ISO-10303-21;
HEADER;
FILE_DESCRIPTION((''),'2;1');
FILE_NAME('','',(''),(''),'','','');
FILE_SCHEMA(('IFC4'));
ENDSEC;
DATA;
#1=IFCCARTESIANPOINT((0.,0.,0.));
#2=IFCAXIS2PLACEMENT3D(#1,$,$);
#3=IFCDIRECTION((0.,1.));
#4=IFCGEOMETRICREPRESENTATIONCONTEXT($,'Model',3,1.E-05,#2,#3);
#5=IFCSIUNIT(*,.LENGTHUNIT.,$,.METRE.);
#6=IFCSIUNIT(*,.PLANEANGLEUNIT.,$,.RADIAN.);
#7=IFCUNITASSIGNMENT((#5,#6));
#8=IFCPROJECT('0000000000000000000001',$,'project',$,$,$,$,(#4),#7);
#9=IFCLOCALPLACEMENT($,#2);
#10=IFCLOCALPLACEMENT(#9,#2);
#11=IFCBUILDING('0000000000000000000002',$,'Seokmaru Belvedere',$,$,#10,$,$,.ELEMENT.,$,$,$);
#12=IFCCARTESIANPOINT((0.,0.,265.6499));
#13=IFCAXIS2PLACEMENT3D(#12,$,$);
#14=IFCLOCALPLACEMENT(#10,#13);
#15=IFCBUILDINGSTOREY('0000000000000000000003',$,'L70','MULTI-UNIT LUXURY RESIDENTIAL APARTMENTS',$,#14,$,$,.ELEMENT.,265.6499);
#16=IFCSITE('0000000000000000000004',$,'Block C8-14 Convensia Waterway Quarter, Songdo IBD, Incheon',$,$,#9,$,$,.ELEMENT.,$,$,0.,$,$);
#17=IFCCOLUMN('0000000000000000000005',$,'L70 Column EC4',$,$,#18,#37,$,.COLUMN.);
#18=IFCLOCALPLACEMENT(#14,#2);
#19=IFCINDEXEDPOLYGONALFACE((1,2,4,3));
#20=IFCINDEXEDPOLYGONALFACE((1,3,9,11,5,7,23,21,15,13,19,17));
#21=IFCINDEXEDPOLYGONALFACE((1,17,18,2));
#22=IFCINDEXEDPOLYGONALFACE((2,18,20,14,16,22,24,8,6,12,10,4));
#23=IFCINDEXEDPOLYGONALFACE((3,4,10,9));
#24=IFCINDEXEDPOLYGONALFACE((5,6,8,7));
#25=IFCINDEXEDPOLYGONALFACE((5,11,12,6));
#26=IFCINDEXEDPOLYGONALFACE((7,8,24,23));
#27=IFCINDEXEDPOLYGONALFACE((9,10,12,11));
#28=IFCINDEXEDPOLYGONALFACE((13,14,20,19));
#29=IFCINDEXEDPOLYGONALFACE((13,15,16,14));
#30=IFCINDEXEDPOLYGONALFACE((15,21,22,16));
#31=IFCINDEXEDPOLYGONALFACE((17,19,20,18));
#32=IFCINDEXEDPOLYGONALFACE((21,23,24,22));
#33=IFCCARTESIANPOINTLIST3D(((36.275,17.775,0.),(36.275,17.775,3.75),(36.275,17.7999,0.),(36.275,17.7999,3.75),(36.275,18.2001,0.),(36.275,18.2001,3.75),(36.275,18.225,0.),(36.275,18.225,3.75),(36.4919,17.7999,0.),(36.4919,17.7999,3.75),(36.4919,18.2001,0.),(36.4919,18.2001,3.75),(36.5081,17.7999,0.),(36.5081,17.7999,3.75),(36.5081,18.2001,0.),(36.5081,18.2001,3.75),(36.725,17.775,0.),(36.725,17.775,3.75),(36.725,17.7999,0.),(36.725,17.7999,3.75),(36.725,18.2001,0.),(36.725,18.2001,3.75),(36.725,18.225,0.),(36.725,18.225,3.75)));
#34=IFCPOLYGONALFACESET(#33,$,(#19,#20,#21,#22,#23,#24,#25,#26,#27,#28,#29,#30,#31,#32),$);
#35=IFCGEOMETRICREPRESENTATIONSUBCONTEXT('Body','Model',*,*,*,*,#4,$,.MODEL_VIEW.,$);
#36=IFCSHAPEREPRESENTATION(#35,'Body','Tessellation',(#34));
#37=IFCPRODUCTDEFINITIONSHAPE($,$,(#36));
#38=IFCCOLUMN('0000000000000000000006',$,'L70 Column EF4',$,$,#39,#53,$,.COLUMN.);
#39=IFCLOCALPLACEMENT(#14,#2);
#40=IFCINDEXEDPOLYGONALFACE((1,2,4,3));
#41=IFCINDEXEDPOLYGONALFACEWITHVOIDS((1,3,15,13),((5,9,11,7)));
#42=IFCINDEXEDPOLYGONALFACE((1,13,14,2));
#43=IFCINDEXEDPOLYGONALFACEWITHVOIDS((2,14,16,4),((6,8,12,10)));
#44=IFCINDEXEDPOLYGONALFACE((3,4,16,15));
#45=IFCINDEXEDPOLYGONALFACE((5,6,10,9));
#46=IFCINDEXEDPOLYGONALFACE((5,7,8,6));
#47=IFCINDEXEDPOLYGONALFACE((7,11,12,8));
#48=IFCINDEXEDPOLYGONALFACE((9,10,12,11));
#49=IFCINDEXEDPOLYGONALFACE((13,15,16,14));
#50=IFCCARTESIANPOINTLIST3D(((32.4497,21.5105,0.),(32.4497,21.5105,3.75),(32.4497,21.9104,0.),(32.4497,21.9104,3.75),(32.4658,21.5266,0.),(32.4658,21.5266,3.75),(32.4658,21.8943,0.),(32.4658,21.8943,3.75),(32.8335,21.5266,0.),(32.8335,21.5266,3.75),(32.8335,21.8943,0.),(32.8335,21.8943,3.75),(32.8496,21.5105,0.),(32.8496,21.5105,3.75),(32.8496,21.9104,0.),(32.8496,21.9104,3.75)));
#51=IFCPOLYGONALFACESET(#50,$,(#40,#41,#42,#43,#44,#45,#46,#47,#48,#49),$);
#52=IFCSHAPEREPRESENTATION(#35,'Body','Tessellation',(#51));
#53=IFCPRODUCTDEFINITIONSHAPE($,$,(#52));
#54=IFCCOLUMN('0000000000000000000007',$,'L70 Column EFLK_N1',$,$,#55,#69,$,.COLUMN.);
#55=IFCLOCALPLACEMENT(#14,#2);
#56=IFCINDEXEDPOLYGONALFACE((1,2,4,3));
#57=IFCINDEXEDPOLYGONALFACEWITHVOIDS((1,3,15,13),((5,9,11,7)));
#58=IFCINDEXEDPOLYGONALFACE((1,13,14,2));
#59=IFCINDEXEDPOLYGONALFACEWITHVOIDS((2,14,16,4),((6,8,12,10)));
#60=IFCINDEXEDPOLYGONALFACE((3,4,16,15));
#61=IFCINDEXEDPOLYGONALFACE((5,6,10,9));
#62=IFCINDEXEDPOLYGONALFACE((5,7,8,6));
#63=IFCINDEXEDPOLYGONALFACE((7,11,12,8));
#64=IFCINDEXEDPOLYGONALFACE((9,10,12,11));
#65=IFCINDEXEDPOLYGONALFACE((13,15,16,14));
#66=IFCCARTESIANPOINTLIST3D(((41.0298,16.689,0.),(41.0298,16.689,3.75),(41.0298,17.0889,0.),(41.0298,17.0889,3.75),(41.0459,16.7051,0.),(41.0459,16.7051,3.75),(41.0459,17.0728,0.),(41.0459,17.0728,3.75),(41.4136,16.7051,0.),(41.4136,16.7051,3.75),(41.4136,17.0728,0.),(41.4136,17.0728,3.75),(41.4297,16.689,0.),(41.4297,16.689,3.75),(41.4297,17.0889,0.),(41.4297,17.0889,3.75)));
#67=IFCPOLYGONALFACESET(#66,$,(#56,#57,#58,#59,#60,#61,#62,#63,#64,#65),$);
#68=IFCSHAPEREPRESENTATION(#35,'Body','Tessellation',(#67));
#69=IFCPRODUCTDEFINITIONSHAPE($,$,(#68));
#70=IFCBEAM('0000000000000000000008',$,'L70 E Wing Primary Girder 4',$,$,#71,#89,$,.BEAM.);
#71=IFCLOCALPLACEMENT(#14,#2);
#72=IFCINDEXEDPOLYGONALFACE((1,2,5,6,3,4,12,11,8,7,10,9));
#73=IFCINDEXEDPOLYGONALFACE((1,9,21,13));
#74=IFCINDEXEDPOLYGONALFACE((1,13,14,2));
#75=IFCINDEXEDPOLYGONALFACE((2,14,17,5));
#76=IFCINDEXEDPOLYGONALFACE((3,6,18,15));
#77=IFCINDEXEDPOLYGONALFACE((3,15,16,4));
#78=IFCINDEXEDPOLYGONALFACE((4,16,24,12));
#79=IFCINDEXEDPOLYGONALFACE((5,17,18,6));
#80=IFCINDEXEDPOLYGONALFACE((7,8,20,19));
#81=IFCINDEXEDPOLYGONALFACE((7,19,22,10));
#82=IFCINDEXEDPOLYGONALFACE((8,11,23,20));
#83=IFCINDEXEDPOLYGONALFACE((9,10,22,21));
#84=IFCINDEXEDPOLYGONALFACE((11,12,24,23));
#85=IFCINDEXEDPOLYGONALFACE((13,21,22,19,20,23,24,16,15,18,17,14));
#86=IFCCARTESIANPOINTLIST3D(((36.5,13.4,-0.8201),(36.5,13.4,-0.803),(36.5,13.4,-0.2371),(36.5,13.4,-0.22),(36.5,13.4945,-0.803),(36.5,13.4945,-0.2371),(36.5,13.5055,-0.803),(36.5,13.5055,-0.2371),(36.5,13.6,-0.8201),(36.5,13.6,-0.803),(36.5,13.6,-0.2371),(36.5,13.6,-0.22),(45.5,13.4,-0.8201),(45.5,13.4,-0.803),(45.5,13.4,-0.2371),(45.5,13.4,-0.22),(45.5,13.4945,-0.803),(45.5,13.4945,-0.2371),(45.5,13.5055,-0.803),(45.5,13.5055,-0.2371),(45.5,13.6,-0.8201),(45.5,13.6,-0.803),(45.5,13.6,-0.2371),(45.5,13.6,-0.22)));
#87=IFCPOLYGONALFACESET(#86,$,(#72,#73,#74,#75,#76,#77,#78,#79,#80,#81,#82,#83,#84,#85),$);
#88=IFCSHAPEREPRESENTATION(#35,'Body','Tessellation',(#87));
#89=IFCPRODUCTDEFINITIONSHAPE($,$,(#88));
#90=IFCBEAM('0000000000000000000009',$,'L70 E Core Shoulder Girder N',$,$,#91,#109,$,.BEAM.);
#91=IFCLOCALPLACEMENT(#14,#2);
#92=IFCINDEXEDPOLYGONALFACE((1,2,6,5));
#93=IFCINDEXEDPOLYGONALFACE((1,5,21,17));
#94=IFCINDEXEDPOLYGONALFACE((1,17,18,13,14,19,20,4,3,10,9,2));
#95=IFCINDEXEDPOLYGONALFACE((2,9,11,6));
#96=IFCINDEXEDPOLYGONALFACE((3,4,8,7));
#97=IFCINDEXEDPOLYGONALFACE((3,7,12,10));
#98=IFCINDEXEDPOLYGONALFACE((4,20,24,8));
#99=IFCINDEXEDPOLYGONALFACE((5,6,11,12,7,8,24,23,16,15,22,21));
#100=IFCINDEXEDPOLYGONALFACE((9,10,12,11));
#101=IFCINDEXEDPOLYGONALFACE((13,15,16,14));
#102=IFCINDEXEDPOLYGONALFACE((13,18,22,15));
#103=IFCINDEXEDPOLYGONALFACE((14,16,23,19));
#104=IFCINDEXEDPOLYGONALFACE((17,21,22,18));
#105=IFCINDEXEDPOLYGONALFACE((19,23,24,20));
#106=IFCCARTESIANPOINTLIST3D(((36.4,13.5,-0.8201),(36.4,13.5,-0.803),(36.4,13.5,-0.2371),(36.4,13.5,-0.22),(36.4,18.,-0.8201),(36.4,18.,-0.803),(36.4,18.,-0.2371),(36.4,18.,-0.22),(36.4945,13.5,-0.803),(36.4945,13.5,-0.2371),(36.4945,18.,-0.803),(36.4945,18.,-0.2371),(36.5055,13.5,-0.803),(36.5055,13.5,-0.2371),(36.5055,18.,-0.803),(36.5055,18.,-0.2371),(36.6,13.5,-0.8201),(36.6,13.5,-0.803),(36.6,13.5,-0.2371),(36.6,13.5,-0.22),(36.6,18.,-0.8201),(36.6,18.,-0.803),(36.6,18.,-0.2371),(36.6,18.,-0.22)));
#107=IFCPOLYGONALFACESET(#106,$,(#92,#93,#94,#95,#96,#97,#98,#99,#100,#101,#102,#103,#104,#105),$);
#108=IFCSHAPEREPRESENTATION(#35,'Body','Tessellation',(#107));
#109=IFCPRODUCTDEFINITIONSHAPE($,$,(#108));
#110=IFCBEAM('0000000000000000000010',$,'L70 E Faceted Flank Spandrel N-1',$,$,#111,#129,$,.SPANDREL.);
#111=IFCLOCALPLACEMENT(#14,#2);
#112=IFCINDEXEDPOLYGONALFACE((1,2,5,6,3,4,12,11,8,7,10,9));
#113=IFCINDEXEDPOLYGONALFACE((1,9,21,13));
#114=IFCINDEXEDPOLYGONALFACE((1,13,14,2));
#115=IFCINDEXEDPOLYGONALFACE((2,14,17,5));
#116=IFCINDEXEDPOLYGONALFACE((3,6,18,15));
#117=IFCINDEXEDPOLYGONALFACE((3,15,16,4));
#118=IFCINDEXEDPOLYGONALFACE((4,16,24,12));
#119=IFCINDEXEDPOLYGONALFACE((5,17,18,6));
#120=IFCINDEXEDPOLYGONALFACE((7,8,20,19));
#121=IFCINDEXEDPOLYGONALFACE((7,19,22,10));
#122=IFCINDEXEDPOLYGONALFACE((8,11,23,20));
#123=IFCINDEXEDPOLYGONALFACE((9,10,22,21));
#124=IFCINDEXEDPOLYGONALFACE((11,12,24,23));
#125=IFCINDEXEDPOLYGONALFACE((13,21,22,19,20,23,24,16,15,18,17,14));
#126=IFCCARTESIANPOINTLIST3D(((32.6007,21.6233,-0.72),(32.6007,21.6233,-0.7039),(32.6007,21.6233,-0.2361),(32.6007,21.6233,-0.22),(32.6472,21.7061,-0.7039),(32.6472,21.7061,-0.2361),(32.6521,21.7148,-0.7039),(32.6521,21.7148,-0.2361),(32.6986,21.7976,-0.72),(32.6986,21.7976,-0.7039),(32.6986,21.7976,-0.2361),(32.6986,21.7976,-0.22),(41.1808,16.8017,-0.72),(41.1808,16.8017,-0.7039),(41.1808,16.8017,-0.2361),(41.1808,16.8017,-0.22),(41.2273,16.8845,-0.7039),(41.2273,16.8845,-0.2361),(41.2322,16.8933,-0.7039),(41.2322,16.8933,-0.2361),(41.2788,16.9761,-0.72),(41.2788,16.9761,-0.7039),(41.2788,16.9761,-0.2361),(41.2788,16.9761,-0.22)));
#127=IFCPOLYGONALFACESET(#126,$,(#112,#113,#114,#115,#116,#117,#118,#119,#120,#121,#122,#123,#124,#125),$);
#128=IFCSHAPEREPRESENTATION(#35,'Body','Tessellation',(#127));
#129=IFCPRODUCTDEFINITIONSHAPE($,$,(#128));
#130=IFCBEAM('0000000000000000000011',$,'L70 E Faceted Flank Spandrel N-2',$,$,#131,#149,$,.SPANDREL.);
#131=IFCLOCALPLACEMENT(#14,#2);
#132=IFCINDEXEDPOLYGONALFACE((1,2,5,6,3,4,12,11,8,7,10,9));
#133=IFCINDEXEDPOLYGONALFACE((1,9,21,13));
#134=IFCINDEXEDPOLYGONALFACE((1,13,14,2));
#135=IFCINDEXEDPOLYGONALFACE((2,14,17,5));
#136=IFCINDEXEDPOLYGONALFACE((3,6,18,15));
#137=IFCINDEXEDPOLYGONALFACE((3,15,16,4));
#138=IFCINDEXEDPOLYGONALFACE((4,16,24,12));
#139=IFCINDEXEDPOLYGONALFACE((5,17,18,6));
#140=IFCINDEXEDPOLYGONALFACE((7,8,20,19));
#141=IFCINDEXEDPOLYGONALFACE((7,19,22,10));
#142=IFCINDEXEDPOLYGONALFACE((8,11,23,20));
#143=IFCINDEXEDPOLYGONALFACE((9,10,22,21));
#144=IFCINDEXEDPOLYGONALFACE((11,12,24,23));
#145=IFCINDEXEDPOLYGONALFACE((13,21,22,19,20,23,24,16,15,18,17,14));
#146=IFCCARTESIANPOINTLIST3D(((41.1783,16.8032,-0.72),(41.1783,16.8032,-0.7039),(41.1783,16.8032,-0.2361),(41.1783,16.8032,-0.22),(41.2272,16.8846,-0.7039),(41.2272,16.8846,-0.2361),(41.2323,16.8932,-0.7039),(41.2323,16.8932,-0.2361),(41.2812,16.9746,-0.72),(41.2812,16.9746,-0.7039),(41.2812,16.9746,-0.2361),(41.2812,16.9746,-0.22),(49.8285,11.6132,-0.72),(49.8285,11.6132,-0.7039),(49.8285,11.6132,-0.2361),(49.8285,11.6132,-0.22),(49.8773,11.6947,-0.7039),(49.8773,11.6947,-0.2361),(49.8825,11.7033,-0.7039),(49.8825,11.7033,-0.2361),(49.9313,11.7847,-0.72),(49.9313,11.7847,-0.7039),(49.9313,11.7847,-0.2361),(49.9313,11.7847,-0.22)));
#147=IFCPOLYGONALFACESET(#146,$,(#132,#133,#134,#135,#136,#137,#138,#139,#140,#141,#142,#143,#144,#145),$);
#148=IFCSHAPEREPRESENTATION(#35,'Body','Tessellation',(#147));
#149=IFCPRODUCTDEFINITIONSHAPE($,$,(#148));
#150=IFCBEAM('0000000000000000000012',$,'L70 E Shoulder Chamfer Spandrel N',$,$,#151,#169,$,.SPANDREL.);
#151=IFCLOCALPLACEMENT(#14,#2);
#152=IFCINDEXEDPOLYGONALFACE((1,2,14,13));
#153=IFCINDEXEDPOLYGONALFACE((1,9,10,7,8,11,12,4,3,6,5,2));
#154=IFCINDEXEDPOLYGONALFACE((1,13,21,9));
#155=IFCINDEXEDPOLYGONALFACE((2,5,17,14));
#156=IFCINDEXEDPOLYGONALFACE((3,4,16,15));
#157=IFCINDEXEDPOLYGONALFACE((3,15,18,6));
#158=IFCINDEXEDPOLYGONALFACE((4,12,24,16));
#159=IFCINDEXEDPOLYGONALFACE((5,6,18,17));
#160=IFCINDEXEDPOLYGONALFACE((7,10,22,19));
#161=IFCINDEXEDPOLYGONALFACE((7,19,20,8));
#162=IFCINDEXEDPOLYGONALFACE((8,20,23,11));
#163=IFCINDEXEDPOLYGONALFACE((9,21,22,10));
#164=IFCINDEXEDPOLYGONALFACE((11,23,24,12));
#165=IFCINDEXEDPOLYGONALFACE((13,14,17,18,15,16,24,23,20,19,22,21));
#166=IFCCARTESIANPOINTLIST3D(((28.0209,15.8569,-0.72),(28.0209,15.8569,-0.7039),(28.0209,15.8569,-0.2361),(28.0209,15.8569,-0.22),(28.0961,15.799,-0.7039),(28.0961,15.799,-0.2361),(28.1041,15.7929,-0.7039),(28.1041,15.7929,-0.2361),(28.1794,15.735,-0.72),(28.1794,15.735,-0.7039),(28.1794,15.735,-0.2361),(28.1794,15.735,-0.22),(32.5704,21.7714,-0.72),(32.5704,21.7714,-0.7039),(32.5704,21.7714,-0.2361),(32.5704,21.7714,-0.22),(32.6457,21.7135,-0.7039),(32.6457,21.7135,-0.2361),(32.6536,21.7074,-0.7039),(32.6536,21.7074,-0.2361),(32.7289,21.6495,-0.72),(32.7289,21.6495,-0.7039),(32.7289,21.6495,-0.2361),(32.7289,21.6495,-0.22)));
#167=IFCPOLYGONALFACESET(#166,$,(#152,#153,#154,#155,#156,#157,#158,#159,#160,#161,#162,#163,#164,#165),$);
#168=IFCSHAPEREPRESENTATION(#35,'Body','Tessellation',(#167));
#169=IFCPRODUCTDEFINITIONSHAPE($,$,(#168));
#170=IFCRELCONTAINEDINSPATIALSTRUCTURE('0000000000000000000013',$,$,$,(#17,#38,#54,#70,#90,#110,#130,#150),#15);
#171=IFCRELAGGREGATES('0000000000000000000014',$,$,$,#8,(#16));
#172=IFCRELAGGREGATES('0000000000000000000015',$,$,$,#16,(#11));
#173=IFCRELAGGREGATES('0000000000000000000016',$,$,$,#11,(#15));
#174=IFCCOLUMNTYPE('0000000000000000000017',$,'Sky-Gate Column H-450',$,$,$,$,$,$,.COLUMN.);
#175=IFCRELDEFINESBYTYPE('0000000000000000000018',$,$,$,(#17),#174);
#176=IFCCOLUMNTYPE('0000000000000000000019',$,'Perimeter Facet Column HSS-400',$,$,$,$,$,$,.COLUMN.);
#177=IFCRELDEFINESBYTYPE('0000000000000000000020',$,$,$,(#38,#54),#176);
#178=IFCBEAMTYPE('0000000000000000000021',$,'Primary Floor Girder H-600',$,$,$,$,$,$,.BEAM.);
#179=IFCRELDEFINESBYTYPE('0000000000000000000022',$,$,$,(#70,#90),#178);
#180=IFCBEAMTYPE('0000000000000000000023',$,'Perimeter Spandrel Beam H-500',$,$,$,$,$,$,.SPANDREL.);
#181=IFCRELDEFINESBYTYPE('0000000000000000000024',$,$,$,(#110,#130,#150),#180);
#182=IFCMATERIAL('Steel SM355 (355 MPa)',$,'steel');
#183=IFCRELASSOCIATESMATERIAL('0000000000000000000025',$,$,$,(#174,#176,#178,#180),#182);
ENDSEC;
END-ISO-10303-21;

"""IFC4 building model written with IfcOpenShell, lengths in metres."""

from ifc_helpers import new_model, si_unit, direction, frame, origin, origin_2d, place, context, subcontext, project, spatial, hollow_rectangle, i_section, extrude, source, transform, mapped, material, material_profile, profile_set, type_object, type_shapes, element, save


model = new_model("IFC4")

# Units and contexts
model_context = context("Model", 3, precision=1e-05, world=origin(), true_north=direction((0.0, 1.0)))
body_context = subcontext(model_context, "Body", "Model", "MODEL_VIEW")
ifc_project = project(units=[si_unit("LENGTHUNIT", "METRE"), si_unit("PLANEANGLEUNIT", "RADIAN")], contexts=[model_context])

# Site, building, storey
site_placement = place(None, origin())
site = spatial("IfcSite", under=ifc_project, at=site_placement, Name="Block C8-14 Convensia Waterway Quarter, Songdo IBD, Incheon", CompositionType="ELEMENT", RefElevation=0.0)
building_placement = place(site_placement, origin())
building = spatial("IfcBuilding", under=site, at=building_placement, Name="Seokmaru Belvedere", CompositionType="ELEMENT")
storey_placement = place(building_placement, frame((0.0, 0.0, 265.6499)))
storey = spatial("IfcBuildingStorey", under=building, at=storey_placement, Name="L70", Description="MULTI-UNIT LUXURY RESIDENTIAL APARTMENTS", CompositionType="ELEMENT", Elevation=265.6499)

# Columns
ifc_material_1 = material(Name="Steel SM355 (355 MPa)", Category="steel")
ifc_material_profile_1 = material_profile(ifc_material_1, i_section(OverallWidth=0.45, OverallDepth=0.45, WebThickness=0.0161, FlangeThickness=0.0249, at=origin_2d()), Name="H-450x450x16x25")
ifc_profile_set_1 = profile_set([ifc_material_profile_1], Name="Steel SM355 (355 MPa)")
column_type_1 = type_object("IfcColumnType", Name="Sky-Gate Column H-450", PredefinedType="COLUMN", material=ifc_profile_set_1)
shared_shape_1 = source(origin(), body_context, "Body", "SweptSolid", [
    extrude(i_section(OverallWidth=0.45, OverallDepth=0.45, WebThickness=0.0161, FlangeThickness=0.0249, at=origin_2d()), origin(), (0.0, 0.0, 1.0), 3.75),
])
type_shapes(column_type_1, [shared_shape_1])
column_placement = place(storey_placement, frame((36.5, 18.0, 0.0), z_axis=(0.0, 0.0, 1.0), x_axis=(1.0, 0.0, 0.0)))
element("IfcColumn", 1, at=column_placement, inside=storey, type_object=column_type_1, Name="L70 Column EC4", PredefinedType="COLUMN", context=body_context, shape_type="MappedRepresentation", body=[
    mapped(shared_shape_1, transform((0.0, 0.0, 0.0), scale=1.0)),
])
ifc_material_profile_2 = material_profile(ifc_material_1, hollow_rectangle(XDim=0.3999, YDim=0.3999, WallThickness=0.0161, at=origin_2d()), Name="HSS-400x400x16")
ifc_profile_set_2 = profile_set([ifc_material_profile_2], Name="Steel SM355 (355 MPa)")
column_type_2 = type_object("IfcColumnType", Name="Perimeter Facet Column HSS-400", PredefinedType="COLUMN", material=ifc_profile_set_2)
shared_shape_2 = source(origin(), body_context, "Body", "SweptSolid", [
    extrude(hollow_rectangle(XDim=0.3999, YDim=0.3999, WallThickness=0.0161, at=origin_2d()), origin(), (0.0, 0.0, 1.0), 3.75),
])
type_shapes(column_type_2, [shared_shape_2])
for number, where, z_axis, x_axis, name in (
    (2, (32.6497, 21.7104, 0.0), (0.0, 0.0, 1.0), (1.0, 0.0, 0.0), "L70 Column EF4"),
    (3, (41.2297, 16.8889, 0.0), (0.0, 0.0, 1.0), (1.0, 0.0, 0.0), "L70 Column EFLK_N1"),
):
    element("IfcColumn", number, at=place(storey_placement, frame(where, z_axis=z_axis, x_axis=x_axis)), inside=storey, type_object=column_type_2, Name=name, PredefinedType="COLUMN", context=body_context, shape_type="MappedRepresentation", body=[
        mapped(shared_shape_2, transform((0.0, 0.0, 0.0), scale=1.0)),
    ])

# Beams
ifc_material_profile_3 = material_profile(ifc_material_1, i_section(OverallWidth=0.2, OverallDepth=0.6001, WebThickness=0.011, FlangeThickness=0.0171, at=origin_2d()), Name="H-600x200x11x17")
ifc_profile_set_3 = profile_set([ifc_material_profile_3], Name="Steel SM355 (355 MPa)")
beam_type_1 = type_object("IfcBeamType", Name="Primary Floor Girder H-600", PredefinedType="BEAM", material=ifc_profile_set_3)
shared_shape_3 = source(origin(), body_context, "Body", "SweptSolid", [
    extrude(i_section(OverallWidth=0.2, OverallDepth=0.6001, WebThickness=0.011, FlangeThickness=0.0171, at=origin_2d()), origin(), (0.0, 0.0, 1.0), 9.0),
])
beam_1_placement = place(storey_placement, frame((36.5, 13.5, -0.52), z_axis=(1.0, 0.0, 0.0), x_axis=(0.0, 1.0, 0.0)))
element("IfcBeam", 4, at=beam_1_placement, inside=storey, type_object=beam_type_1, Name="L70 E Wing Primary Girder 4", PredefinedType="BEAM", context=body_context, shape_type="MappedRepresentation", body=[
    mapped(shared_shape_3, transform((0.0, 0.0, 0.0), scale=1.0)),
])
shared_shape_4 = source(origin(), body_context, "Body", "SweptSolid", [
    extrude(i_section(OverallWidth=0.2, OverallDepth=0.6001, WebThickness=0.011, FlangeThickness=0.0171, at=origin_2d()), origin(), (0.0, 0.0, 1.0), 4.5),
])
beam_2_placement = place(storey_placement, frame((36.5, 13.5, -0.52), z_axis=(0.0, 1.0, 0.0), x_axis=(-1.0, 0.0, 0.0)))
element("IfcBeam", 5, at=beam_2_placement, inside=storey, type_object=beam_type_1, Name="L70 E Core Shoulder Girder N", PredefinedType="BEAM", context=body_context, shape_type="MappedRepresentation", body=[
    mapped(shared_shape_4, transform((0.0, 0.0, 0.0), scale=1.0)),
])
ifc_material_profile_4 = material_profile(ifc_material_1, i_section(OverallWidth=0.2, OverallDepth=0.5, WebThickness=0.01, FlangeThickness=0.0161, at=origin_2d()), Name="H-500x200x10x16")
ifc_profile_set_4 = profile_set([ifc_material_profile_4], Name="Steel SM355 (355 MPa)")
beam_type_2 = type_object("IfcBeamType", Name="Perimeter Spandrel Beam H-500", PredefinedType="SPANDREL", material=ifc_profile_set_4)
shared_shape_5 = source(origin(), body_context, "Body", "SweptSolid", [
    extrude(i_section(OverallWidth=0.2, OverallDepth=0.5, WebThickness=0.01, FlangeThickness=0.0161, at=origin_2d()), origin(), (0.0, 0.0, 1.0), 9.842),
])
beam_3_placement = place(storey_placement, frame((32.6497, 21.7104, -0.47), z_axis=(0.871782, -0.489894, 0.0), x_axis=(0.489894, 0.871782, 0.0)))
element("IfcBeam", 6, at=beam_3_placement, inside=storey, type_object=beam_type_2, Name="L70 E Faceted Flank Spandrel N-1", PredefinedType="SPANDREL", context=body_context, shape_type="MappedRepresentation", body=[
    mapped(shared_shape_5, transform((0.0, 0.0, 0.0), scale=1.0)),
])
shared_shape_6 = source(origin(), body_context, "Body", "SweptSolid", [
    extrude(i_section(OverallWidth=0.2, OverallDepth=0.5, WebThickness=0.01, FlangeThickness=0.0161, at=origin_2d()), origin(), (0.0, 0.0, 1.0), 10.0876),
])
beam_4_placement = place(storey_placement, frame((41.2297, 16.8889, -0.47), z_axis=(0.857499, -0.514485, 0.0), x_axis=(0.514485, 0.857499, 0.0)))
element("IfcBeam", 7, at=beam_4_placement, inside=storey, type_object=beam_type_2, Name="L70 E Faceted Flank Spandrel N-2", PredefinedType="SPANDREL", context=body_context, shape_type="MappedRepresentation", body=[
    mapped(shared_shape_6, transform((0.0, 0.0, 0.0), scale=1.0)),
])
shared_shape_7 = source(origin(), body_context, "Body", "SweptSolid", [
    extrude(i_section(OverallWidth=0.2, OverallDepth=0.5, WebThickness=0.01, FlangeThickness=0.0161, at=origin_2d()), origin(), (0.0, 0.0, 1.0), 7.4619),
])
type_shapes(beam_type_2, [shared_shape_5, shared_shape_6, shared_shape_7])
beam_5_placement = place(storey_placement, frame((32.6497, 21.7104, -0.47), z_axis=(-0.609703, -0.79263, 0.0), x_axis=(0.79263, -0.609703, 0.0)))
element("IfcBeam", 8, at=beam_5_placement, inside=storey, type_object=beam_type_2, Name="L70 E Shoulder Chamfer Spandrel N", PredefinedType="SPANDREL", context=body_context, shape_type="MappedRepresentation", body=[
    mapped(shared_shape_7, transform((0.0, 0.0, 0.0), scale=1.0)),
])

save(model, "model.ifc")
